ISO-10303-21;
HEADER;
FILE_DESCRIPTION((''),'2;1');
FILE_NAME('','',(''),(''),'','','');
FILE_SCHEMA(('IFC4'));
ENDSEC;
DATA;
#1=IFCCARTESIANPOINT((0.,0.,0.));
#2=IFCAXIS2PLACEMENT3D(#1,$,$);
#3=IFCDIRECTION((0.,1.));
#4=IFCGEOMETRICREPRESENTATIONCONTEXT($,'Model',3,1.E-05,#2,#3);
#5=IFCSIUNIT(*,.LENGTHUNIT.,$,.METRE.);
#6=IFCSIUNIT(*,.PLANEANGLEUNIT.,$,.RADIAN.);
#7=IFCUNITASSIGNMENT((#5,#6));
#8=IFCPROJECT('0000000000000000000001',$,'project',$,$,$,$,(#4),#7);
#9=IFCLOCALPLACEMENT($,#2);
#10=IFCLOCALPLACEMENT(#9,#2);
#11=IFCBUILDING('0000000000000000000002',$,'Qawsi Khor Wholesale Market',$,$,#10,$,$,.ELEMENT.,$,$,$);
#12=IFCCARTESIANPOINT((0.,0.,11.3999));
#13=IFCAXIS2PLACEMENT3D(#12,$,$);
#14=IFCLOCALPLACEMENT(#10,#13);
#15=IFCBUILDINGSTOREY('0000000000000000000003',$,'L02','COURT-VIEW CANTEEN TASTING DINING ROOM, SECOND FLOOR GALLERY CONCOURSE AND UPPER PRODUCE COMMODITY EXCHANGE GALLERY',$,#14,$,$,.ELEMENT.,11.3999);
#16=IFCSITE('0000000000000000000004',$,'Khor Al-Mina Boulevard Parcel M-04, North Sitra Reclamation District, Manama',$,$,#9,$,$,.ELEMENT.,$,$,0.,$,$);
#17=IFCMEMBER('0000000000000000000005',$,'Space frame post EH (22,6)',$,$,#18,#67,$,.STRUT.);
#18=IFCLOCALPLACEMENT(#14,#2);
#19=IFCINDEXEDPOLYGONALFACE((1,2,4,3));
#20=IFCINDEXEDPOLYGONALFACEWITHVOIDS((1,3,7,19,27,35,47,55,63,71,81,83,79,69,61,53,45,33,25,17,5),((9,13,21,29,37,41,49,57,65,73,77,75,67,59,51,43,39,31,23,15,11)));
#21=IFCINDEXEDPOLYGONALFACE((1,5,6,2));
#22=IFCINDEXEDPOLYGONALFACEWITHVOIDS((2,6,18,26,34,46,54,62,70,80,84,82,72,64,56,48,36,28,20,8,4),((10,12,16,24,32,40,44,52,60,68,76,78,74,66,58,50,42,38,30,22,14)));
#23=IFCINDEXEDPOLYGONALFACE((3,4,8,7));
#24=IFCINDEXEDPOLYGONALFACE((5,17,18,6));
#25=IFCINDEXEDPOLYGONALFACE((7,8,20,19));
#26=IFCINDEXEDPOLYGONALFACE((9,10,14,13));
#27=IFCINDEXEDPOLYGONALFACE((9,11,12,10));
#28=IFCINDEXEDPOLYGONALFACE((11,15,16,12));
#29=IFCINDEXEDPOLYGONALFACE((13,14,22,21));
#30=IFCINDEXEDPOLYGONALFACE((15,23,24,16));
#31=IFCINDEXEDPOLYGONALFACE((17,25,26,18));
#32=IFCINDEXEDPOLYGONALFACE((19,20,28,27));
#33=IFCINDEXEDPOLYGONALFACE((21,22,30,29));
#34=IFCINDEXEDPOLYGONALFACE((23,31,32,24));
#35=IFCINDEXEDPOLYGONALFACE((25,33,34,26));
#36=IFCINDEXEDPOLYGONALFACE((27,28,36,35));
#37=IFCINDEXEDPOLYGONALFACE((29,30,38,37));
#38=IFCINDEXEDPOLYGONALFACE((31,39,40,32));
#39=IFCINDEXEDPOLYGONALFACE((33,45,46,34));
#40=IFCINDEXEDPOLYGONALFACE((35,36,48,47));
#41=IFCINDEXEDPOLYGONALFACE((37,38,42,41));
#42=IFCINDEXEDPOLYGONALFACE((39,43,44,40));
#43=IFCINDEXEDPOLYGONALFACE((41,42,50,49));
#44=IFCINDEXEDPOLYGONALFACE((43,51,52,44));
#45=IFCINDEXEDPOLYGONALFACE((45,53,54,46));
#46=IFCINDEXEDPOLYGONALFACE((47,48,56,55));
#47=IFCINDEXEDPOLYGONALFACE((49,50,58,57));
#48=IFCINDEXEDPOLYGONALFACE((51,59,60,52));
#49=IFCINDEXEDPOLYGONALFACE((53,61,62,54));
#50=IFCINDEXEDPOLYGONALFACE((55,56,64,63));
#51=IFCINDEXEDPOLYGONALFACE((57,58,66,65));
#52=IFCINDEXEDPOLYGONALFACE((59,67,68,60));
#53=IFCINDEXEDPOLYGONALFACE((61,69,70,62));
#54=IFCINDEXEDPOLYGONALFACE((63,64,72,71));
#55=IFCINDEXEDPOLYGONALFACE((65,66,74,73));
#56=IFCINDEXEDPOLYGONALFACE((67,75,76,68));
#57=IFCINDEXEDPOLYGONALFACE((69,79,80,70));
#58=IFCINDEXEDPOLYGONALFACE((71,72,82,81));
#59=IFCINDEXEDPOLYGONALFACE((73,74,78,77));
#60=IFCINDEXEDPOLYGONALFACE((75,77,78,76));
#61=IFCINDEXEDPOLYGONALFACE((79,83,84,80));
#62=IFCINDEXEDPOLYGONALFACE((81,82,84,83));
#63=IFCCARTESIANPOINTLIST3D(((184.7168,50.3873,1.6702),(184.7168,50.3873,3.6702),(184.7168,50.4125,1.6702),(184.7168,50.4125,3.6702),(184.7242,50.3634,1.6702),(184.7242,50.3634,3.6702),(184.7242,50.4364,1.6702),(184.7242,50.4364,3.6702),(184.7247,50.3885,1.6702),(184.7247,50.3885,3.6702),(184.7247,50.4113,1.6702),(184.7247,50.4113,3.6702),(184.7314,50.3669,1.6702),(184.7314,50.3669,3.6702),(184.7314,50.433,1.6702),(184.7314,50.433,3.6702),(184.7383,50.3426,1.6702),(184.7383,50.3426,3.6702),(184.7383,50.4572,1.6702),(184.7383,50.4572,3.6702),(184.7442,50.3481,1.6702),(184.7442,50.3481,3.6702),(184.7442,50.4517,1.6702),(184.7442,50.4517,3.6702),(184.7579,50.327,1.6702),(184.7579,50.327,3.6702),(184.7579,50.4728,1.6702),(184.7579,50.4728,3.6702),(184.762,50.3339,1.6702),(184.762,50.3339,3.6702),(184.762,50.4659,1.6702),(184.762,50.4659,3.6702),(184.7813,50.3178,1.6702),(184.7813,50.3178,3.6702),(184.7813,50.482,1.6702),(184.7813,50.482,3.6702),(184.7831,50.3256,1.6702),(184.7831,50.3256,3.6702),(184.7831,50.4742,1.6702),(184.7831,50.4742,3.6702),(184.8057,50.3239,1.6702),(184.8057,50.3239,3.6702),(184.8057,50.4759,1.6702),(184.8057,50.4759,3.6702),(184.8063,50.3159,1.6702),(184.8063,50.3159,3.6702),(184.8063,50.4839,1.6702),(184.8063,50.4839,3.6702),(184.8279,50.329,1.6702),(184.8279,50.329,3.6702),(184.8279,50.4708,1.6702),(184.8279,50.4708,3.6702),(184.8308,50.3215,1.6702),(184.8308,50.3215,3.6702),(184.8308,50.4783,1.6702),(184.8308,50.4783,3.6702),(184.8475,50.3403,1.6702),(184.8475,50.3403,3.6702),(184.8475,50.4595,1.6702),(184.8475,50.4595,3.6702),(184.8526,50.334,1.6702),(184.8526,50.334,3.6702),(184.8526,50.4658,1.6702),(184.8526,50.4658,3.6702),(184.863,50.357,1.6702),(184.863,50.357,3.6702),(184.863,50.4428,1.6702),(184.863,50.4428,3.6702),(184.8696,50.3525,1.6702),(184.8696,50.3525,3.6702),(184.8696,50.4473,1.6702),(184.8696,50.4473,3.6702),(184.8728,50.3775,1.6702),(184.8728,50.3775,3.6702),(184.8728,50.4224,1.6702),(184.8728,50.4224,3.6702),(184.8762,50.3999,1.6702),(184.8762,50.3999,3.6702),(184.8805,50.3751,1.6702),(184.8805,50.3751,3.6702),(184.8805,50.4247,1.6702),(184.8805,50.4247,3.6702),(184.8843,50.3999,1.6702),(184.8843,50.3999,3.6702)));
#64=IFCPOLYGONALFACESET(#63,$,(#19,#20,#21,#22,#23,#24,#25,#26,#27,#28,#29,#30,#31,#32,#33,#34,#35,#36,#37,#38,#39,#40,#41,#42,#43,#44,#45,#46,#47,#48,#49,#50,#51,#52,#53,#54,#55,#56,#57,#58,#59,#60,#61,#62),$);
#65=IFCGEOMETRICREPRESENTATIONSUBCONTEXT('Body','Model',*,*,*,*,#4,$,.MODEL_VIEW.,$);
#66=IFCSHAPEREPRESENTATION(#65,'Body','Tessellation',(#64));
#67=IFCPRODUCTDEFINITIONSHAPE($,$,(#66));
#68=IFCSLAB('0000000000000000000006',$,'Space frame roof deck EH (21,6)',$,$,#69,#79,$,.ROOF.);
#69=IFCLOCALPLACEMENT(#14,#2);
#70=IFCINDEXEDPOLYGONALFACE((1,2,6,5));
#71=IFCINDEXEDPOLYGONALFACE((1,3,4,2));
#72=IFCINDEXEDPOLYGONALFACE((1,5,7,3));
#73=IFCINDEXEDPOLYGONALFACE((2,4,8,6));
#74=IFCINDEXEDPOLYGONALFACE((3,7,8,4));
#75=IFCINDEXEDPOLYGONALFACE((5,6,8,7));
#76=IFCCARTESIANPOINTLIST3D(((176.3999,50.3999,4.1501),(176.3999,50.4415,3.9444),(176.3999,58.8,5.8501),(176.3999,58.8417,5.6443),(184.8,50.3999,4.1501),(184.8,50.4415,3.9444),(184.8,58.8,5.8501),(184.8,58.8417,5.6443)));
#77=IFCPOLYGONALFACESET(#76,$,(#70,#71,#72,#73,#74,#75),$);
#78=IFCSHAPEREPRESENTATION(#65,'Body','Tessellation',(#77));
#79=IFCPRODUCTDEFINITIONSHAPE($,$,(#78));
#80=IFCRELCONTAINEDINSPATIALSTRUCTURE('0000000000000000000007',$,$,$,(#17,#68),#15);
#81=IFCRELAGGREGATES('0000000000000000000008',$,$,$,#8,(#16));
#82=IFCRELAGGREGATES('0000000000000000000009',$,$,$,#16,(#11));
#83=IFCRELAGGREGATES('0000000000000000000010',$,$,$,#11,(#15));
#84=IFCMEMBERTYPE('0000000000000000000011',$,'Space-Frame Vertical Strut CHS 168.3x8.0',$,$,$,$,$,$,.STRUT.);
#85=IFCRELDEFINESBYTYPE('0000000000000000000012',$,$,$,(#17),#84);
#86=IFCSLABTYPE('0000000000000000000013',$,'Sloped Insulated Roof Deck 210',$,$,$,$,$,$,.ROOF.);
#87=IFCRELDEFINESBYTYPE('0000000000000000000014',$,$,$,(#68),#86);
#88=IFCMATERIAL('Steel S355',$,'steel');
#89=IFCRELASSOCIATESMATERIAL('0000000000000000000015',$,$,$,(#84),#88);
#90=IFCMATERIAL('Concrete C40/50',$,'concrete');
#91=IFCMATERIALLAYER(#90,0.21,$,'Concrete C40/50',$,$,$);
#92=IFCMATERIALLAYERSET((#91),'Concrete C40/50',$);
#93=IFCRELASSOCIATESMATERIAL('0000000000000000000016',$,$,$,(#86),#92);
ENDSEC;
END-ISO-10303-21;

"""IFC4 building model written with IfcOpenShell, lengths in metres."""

from ifc_helpers import new_model, si_unit, direction, frame, origin, origin_2d, place, context, subcontext, project, spatial, polyline, hollow_circle, outline, extrude, material, layer, layer_set, material_profile, profile_set, type_object, element, save


model = new_model("IFC4")

# Units and contexts
model_context = context("Model", 3, precision=1e-05, world=origin(), true_north=direction((0.0, 1.0)))
body_context = subcontext(model_context, "Body", "Model", "MODEL_VIEW")
ifc_project = project(units=[si_unit("LENGTHUNIT", "METRE"), si_unit("PLANEANGLEUNIT", "RADIAN")], contexts=[model_context])

# Site, building, storey
site_placement = place(None, origin())
site = spatial("IfcSite", under=ifc_project, at=site_placement, Name="Khor Al-Mina Boulevard Parcel M-04, North Sitra Reclamation District, Manama", CompositionType="ELEMENT", RefElevation=0.0)
building_placement = place(site_placement, origin())
building = spatial("IfcBuilding", under=site, at=building_placement, Name="Qawsi Khor Wholesale Market", CompositionType="ELEMENT")
storey_placement = place(building_placement, frame((0.0, 0.0, 11.3999)))
storey = spatial("IfcBuildingStorey", under=building, at=storey_placement, Name="L02", Description="COURT-VIEW CANTEEN TASTING DINING ROOM, SECOND FLOOR GALLERY CONCOURSE AND UPPER PRODUCE COMMODITY EXCHANGE GALLERY", CompositionType="ELEMENT", Elevation=11.3999)

# Member
ifc_material_1 = material(Name="Steel S355", Category="steel")
ifc_material_profile_1 = material_profile(ifc_material_1, hollow_circle(Radius=0.0842, WallThickness=0.0081, at=origin_2d()), Name="CHS 168.3x8.0")
ifc_profile_set_1 = profile_set([ifc_material_profile_1], Name="Steel S355")
member_type_1 = type_object("IfcMemberType", Name="Space-Frame Vertical Strut CHS 168.3x8.0", PredefinedType="STRUT", material=ifc_profile_set_1)
for number, where, z_axis, x_axis, name in (
    (1, (184.8, 50.3999, 1.6702), (0.0, 0.0, 1.0), (1.0, 0.0, 0.0), "Space frame post EH (22,6)"),
):
    element("IfcMember", number, at=place(storey_placement, frame(where, z_axis=z_axis, x_axis=x_axis)), inside=storey, type_object=member_type_1, Name=name, PredefinedType="STRUT", context=body_context, shape_type="SweptSolid", body=[
        extrude(hollow_circle(Radius=0.0842, WallThickness=0.0081, at=origin_2d()), origin(), (0.0, 0.0, 1.0), 2.0),
    ])

# Slab
ifc_material_2 = material(Name="Concrete C40/50", Category="concrete")
ifc_layer = layer(ifc_material_2, 0.21, Name="Concrete C40/50")
ifc_layer_set = layer_set([ifc_layer], Name="Concrete C40/50")
slab_type = type_object("IfcSlabType", Name="Sloped Insulated Roof Deck 210", PredefinedType="ROOF", material=ifc_layer_set)
slab_placement = place(storey_placement, frame((176.3999, 50.3999, 4.1501), z_axis=(0.0, -0.198351, 0.980131), x_axis=(1.0, 0.0, 0.0)))
element("IfcSlab", 2, at=slab_placement, inside=storey, type_object=slab_type, Name="Space frame roof deck EH (21,6)", PredefinedType="ROOF", context=body_context, shape_type="SweptSolid", body=[
    extrude(outline(polyline([(0.0, 0.0), (8.4001, 0.0), (8.4001, 8.5704), (0.0, 8.5704), (0.0, 0.0)])), origin(), (0.0, 0.0, -1.0), 0.21),
])

save(model, "model.ifc")
